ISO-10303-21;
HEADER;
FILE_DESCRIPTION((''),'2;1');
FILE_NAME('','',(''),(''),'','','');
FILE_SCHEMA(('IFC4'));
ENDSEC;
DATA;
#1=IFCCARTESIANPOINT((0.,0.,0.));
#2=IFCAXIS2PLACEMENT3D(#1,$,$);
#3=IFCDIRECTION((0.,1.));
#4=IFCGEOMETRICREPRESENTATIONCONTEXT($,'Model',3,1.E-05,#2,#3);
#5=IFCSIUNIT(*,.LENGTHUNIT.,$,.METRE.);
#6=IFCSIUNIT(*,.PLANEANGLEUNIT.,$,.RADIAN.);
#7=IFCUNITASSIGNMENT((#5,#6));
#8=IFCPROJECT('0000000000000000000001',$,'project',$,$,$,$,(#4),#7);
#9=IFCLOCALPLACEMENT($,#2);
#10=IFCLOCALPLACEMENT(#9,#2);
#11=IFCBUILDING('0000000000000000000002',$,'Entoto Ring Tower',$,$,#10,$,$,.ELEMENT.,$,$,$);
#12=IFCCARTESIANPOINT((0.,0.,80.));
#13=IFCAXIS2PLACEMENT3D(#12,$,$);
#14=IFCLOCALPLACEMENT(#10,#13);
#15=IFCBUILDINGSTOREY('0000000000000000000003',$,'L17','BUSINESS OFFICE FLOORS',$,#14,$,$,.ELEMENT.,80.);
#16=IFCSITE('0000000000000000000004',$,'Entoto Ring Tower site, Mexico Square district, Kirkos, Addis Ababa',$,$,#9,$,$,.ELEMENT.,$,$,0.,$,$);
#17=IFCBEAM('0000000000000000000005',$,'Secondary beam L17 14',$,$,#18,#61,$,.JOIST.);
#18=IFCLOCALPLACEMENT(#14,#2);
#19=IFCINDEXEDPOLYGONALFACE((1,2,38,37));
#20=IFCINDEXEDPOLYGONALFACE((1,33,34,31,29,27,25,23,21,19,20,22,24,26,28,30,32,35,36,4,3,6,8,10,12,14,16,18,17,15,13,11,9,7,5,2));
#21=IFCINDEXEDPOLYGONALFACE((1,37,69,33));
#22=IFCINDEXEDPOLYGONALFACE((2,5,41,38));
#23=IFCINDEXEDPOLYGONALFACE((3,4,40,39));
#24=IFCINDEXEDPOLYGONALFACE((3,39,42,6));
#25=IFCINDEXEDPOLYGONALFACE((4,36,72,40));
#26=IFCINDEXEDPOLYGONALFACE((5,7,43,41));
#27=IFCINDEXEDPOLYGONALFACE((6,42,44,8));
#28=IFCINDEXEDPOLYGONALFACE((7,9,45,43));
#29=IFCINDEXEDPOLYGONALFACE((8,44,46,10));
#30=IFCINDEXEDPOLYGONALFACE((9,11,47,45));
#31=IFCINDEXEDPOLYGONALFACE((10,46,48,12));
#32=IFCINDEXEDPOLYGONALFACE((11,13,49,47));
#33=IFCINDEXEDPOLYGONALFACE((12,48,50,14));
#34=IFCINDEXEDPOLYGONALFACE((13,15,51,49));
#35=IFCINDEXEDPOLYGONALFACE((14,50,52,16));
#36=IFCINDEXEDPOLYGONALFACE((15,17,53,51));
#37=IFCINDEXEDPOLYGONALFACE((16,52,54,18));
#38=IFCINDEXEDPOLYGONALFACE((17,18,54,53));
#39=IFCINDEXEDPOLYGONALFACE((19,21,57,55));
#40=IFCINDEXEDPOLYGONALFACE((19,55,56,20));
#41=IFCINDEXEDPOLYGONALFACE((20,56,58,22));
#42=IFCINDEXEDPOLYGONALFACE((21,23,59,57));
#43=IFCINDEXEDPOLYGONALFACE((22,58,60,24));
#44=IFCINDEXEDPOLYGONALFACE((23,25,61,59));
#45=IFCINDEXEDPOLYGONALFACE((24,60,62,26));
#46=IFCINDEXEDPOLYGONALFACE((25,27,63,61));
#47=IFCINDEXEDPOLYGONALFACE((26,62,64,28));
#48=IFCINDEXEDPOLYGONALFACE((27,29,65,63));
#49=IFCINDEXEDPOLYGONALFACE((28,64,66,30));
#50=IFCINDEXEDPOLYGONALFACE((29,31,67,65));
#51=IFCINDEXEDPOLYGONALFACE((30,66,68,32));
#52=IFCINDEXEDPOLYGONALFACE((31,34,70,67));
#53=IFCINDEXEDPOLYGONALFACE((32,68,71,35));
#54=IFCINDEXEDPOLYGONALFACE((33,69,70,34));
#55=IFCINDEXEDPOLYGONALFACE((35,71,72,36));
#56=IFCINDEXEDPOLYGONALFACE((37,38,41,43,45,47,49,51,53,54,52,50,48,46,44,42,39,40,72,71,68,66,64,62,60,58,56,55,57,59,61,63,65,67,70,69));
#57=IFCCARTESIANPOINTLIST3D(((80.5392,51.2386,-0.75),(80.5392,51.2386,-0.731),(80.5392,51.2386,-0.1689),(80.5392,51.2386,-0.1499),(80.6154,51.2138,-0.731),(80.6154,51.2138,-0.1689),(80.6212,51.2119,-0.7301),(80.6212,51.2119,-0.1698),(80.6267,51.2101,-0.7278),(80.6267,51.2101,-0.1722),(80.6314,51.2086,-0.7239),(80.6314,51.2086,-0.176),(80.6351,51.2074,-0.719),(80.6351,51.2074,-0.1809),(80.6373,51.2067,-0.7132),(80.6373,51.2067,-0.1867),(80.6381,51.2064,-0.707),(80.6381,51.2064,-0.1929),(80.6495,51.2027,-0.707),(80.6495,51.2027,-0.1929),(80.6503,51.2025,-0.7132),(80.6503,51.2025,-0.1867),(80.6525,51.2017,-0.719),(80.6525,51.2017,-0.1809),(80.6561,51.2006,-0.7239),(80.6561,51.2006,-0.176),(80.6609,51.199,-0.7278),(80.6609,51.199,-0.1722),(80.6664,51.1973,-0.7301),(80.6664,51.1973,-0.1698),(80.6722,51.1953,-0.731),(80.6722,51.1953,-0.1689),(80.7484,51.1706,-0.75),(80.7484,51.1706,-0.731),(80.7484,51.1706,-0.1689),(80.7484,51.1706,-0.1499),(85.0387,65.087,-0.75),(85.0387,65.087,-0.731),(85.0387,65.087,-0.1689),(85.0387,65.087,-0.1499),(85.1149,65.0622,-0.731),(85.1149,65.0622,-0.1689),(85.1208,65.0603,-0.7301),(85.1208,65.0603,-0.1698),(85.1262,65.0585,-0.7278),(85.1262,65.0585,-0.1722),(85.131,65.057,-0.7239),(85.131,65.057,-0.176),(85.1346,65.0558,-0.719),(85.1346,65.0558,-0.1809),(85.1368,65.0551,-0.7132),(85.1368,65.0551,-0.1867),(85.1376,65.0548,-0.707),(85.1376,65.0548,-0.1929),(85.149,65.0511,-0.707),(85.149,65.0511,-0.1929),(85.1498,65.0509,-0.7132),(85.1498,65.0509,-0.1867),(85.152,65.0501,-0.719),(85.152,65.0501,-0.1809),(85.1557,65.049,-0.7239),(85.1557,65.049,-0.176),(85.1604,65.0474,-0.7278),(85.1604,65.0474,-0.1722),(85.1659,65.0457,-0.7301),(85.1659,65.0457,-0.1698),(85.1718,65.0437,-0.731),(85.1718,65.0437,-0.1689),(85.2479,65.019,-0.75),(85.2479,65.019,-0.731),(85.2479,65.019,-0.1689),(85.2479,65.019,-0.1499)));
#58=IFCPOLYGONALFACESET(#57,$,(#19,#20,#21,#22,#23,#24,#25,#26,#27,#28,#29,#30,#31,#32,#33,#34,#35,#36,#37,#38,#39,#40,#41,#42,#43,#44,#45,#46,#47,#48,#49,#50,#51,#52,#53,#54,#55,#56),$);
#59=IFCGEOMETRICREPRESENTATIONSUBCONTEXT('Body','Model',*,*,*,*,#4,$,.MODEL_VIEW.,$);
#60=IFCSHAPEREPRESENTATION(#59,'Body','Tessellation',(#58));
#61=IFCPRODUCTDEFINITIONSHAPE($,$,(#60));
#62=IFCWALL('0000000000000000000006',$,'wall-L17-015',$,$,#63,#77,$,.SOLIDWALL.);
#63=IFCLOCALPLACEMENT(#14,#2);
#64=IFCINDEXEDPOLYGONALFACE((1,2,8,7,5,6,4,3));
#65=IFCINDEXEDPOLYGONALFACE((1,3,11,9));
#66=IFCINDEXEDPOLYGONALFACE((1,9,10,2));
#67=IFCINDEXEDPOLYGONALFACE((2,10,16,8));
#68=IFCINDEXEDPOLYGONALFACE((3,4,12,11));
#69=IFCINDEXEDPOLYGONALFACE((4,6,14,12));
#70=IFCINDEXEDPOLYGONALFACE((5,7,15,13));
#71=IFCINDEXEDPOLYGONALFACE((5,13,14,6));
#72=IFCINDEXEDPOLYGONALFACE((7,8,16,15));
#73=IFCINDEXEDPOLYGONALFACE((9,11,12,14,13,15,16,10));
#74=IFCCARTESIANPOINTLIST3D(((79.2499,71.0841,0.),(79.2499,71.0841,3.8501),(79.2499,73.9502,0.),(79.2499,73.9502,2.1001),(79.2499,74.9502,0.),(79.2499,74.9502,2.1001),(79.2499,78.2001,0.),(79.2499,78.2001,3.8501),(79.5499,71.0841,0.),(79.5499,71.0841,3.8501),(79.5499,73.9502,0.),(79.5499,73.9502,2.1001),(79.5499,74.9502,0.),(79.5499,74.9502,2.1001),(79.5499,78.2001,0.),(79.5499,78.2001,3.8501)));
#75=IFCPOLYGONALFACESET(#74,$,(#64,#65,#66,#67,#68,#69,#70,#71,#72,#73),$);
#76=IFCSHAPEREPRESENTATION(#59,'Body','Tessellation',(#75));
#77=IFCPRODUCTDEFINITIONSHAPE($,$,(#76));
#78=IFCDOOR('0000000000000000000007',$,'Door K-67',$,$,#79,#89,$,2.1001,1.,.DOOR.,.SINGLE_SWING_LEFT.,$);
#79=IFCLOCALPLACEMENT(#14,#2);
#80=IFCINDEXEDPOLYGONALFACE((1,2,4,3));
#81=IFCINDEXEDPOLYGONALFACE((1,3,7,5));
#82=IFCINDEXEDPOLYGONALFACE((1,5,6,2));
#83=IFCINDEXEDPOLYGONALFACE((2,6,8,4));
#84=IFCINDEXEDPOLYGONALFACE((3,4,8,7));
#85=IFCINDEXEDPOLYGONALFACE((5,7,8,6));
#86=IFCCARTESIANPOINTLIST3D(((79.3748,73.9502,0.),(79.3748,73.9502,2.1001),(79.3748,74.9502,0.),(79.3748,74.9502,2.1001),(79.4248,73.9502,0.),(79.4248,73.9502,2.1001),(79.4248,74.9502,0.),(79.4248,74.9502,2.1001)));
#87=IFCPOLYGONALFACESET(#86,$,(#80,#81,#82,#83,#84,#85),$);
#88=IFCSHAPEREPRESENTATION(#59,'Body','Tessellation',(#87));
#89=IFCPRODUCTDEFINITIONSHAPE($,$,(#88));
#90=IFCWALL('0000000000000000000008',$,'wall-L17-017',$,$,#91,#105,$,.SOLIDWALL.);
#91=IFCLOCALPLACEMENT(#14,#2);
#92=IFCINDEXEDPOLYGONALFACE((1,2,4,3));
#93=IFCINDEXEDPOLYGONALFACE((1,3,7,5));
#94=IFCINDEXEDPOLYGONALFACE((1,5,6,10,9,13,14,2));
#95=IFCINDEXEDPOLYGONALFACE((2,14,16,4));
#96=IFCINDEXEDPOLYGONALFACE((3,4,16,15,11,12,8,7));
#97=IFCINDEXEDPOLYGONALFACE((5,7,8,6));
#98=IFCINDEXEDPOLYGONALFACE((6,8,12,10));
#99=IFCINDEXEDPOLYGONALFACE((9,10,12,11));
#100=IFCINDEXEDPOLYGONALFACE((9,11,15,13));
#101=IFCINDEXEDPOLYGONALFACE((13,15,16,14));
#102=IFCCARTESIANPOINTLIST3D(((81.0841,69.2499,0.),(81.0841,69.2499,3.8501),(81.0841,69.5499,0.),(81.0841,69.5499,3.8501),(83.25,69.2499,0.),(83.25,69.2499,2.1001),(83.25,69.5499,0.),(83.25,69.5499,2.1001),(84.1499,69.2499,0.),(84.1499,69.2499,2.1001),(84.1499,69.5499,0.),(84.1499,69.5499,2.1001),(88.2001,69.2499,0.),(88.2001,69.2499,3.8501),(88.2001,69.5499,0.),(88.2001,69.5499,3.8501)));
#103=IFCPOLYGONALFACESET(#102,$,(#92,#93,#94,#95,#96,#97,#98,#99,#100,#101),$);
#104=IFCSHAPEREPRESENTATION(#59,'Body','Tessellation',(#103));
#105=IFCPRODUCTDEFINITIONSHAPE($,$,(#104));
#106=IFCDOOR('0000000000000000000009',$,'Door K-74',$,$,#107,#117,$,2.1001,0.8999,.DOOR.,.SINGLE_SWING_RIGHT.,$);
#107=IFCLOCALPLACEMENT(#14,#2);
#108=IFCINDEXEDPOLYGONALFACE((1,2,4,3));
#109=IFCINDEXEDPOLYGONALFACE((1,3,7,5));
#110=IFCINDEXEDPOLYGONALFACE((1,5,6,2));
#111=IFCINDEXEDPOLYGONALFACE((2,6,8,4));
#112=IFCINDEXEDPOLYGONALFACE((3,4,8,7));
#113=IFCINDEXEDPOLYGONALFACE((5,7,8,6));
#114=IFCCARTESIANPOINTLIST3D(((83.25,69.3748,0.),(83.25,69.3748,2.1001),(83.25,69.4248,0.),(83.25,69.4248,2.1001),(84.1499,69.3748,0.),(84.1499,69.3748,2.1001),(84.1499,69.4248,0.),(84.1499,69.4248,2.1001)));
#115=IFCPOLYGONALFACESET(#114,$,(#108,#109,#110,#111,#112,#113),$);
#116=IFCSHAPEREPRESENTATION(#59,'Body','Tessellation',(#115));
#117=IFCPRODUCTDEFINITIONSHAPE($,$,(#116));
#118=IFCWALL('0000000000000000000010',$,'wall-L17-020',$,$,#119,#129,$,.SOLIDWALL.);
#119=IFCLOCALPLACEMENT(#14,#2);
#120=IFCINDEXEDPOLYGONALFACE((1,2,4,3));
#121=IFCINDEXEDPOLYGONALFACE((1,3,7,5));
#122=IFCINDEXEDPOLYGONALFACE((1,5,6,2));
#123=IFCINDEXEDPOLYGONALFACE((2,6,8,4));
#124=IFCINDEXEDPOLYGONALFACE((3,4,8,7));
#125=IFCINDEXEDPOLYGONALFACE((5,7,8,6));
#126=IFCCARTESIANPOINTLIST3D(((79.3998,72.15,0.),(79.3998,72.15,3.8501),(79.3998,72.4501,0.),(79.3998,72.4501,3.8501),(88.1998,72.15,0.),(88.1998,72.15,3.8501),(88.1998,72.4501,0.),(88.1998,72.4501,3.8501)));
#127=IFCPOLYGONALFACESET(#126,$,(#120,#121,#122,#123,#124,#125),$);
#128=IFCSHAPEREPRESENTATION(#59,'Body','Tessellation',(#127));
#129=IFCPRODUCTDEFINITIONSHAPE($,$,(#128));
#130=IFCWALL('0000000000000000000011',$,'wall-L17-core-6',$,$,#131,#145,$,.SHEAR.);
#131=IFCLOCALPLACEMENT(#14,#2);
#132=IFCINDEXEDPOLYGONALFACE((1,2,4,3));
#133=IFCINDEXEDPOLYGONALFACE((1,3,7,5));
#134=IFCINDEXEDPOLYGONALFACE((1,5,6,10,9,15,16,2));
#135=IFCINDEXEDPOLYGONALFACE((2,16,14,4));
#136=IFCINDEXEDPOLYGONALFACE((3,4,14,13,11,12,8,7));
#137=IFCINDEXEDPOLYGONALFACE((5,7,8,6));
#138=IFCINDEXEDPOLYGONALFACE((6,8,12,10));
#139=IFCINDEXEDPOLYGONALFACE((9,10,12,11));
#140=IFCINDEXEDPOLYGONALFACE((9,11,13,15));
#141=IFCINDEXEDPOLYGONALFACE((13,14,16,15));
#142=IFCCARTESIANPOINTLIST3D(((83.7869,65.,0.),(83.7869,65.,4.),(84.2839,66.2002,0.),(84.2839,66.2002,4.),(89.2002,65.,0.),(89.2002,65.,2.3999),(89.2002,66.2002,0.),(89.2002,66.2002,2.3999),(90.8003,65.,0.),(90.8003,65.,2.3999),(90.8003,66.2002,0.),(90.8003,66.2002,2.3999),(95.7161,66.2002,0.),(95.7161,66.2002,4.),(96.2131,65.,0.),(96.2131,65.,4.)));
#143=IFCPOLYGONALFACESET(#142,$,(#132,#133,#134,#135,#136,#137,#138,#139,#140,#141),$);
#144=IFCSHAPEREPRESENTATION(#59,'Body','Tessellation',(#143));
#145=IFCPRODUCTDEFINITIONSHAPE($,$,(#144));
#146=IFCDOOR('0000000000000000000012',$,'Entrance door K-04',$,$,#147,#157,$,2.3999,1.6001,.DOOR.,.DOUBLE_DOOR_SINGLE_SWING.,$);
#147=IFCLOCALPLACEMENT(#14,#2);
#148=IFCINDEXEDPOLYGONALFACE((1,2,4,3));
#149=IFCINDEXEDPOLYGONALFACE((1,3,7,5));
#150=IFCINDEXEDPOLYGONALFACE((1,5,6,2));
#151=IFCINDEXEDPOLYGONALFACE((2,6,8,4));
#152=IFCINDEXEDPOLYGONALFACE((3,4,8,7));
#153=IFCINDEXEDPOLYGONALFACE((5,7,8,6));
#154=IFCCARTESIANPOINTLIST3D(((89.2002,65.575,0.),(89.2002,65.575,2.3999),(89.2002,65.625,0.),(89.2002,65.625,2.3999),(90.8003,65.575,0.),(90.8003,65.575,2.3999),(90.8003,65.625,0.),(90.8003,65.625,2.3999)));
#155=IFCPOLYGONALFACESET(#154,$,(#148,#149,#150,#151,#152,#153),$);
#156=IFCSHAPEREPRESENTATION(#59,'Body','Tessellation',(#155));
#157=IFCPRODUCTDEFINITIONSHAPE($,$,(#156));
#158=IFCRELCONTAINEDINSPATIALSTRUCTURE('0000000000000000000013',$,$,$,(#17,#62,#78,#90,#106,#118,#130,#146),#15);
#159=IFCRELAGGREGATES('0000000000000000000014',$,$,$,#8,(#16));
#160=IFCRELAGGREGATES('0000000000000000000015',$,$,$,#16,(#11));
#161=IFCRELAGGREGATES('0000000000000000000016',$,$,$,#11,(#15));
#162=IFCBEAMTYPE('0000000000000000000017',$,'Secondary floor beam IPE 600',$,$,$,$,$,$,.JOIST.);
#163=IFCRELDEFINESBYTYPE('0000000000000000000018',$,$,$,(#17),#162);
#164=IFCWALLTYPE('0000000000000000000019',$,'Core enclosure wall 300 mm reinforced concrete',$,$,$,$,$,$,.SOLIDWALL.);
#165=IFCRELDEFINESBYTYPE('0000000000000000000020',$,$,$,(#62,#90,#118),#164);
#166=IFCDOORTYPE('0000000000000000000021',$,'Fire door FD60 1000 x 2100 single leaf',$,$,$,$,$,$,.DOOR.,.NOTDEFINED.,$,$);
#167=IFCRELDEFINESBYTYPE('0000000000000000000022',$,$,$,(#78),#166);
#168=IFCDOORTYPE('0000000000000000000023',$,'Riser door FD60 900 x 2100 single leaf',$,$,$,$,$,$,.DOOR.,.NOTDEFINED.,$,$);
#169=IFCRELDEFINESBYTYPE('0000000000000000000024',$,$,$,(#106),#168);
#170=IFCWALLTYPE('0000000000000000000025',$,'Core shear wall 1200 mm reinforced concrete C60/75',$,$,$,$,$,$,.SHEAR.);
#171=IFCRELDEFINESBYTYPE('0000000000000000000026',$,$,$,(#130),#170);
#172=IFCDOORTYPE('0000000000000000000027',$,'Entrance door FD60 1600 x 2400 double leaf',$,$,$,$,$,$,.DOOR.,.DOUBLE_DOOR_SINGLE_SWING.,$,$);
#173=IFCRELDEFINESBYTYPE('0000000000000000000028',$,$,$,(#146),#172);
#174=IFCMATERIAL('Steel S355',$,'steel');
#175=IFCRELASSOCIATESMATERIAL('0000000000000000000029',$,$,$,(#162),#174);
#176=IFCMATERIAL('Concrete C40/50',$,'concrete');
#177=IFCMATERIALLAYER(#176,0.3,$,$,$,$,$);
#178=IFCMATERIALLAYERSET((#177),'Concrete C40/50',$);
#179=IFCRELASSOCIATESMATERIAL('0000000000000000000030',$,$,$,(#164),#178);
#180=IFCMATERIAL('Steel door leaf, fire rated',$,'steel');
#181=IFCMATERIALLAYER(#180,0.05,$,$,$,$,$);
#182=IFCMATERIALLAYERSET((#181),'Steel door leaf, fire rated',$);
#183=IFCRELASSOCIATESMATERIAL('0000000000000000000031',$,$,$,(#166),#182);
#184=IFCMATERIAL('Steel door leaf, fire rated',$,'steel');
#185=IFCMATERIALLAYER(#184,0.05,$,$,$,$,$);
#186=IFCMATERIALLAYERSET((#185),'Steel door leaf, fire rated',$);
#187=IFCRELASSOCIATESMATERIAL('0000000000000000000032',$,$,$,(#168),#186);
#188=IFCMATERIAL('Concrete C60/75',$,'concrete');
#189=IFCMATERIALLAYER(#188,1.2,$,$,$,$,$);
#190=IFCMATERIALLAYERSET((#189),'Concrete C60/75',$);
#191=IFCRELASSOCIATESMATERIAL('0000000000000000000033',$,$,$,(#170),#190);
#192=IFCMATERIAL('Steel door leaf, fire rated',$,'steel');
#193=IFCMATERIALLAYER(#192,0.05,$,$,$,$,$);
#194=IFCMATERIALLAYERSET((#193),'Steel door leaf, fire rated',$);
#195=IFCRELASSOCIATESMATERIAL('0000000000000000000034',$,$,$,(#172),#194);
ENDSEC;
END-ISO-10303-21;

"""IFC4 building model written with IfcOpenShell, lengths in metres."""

from ifc_helpers import new_model, si_unit, direction, frame, frame_2d, origin, origin_2d, place, context, subcontext, project, spatial, polyline, rectangle, i_section, outline, extrude, material, layer, layer_set, material_profile, profile_set, type_object, element, fill, save


model = new_model("IFC4")

# Units and contexts
model_context = context("Model", 3, precision=1e-05, world=origin(), true_north=direction((0.0, 1.0)))
body_context = subcontext(model_context, "Body", "Model", "MODEL_VIEW")
ifc_project = project(units=[si_unit("LENGTHUNIT", "METRE"), si_unit("PLANEANGLEUNIT", "RADIAN")], contexts=[model_context])

# Site, building, storey
site_placement = place(None, origin())
site = spatial("IfcSite", under=ifc_project, at=site_placement, Name="Entoto Ring Tower site, Mexico Square district, Kirkos, Addis Ababa", CompositionType="ELEMENT", RefElevation=0.0)
building_placement = place(site_placement, origin())
building = spatial("IfcBuilding", under=site, at=building_placement, Name="Entoto Ring Tower", CompositionType="ELEMENT")
storey_placement = place(building_placement, frame((0.0, 0.0, 80.0)))
storey = spatial("IfcBuildingStorey", under=building, at=storey_placement, Name="L17", Description="BUSINESS OFFICE FLOORS", CompositionType="ELEMENT", Elevation=80.0)

# Beam
ifc_material_1 = material(Name="Steel S355", Category="steel")
ifc_material_profile_1 = material_profile(ifc_material_1, i_section(OverallWidth=0.22, OverallDepth=0.6001, WebThickness=0.012, FlangeThickness=0.019, FilletRadius=0.0239, at=origin_2d()), Name="IPE 600")
ifc_profile_set_1 = profile_set([ifc_material_profile_1], Name="Steel S355")
beam_type_1 = type_object("IfcBeamType", Name="Secondary floor beam IPE 600", PredefinedType="JOIST", material=ifc_profile_set_1)
beam_1_placement = place(storey_placement, frame((85.1433, 65.053, -0.45), z_axis=(-0.309011, -0.951059, 0.0), x_axis=(0.951059, -0.309011, 0.0)))
element("IfcBeam", 1, at=beam_1_placement, inside=storey, type_object=beam_type_1, Name="Secondary beam L17 14", PredefinedType="JOIST", context=body_context, shape_type="SweptSolid", body=[
    extrude(i_section(OverallWidth=0.22, OverallDepth=0.6001, WebThickness=0.012, FlangeThickness=0.019, FilletRadius=0.0239, at=origin_2d()), origin(), (0.0, 0.0, 1.0), 14.561),
])

# Walls, openings, doors
ifc_material_2 = material(Name="Concrete C40/50", Category="concrete")
ifc_layer_1 = layer(ifc_material_2, 0.3)
ifc_layer_set_1 = layer_set([ifc_layer_1], Name="Concrete C40/50")
wall_type_1 = type_object("IfcWallType", Name="Core enclosure wall 300 mm reinforced concrete", PredefinedType="SOLIDWALL", material=ifc_layer_set_1)
wall_1_placement = place(storey_placement, frame((79.3999, 71.084, 0.0), z_axis=(0.0, 0.0, 1.0), x_axis=(0.0, 1.0, 0.0)))
wall_1 = element("IfcWall", 2, at=wall_1_placement, inside=storey, type_object=wall_type_1, Name="wall-L17-015", PredefinedType="SOLIDWALL", context=body_context, shape_type="SweptSolid", body=[
    extrude(rectangle(XDim=7.116, YDim=0.3, at=frame_2d((3.5581, 0.0))), origin(), (0.0, 0.0, 1.0), 3.8501),
])
opening_1_placement = place(wall_1_placement, frame((2.8662, 0.0, 0.0)))
opening_1 = element("IfcOpeningElement", 3, at=opening_1_placement, cuts=wall_1, PredefinedType="OPENING", context=body_context, shape_type="SweptSolid", body=[
    extrude(rectangle(XDim=1.0, YDim=2.1001, at=frame_2d((0.5, 1.05))), frame((0.0, 0.1602, 0.0), z_axis=(0.0, -1.0, 0.0), x_axis=(1.0, 0.0, 0.0)), (0.0, 0.0, 1.0), 0.3201),
])
ifc_material_3 = material(Name="Steel door leaf, fire rated", Category="steel")
ifc_layer_2 = layer(ifc_material_3, 0.05)
ifc_layer_set_2 = layer_set([ifc_layer_2], Name="Steel door leaf, fire rated")
door_type_1 = type_object("IfcDoorType", Name="Fire door FD60 1000 x 2100 single leaf", OperationType="NOTDEFINED", PredefinedType="DOOR", material=ifc_layer_set_2)
door_1_placement = place(opening_1_placement, frame((1.0, 0.0, 0.0), z_axis=(0.0, 0.0, 1.0), x_axis=(-1.0, 0.0, 0.0)))
door_1 = element("IfcDoor", 4, at=door_1_placement, inside=storey, type_object=door_type_1, Name="Door K-67", OperationType="SINGLE_SWING_LEFT", OverallHeight=2.1001, OverallWidth=1.0, PredefinedType="DOOR", context=body_context, shape_type="SweptSolid", body=[
    extrude(rectangle(XDim=1.0, YDim=2.1001, at=frame_2d((0.5, 1.05))), frame((0.0, 0.0249, 0.0), z_axis=(0.0, -1.0, 0.0), x_axis=(1.0, 0.0, 0.0)), (0.0, 0.0, 1.0), 0.05),
])
fill(opening_1, door_1)
wall_2_placement = place(storey_placement, frame((81.084, 69.3999, 0.0), z_axis=(0.0, 0.0, 1.0), x_axis=(1.0, 0.0, 0.0)))
wall_2 = element("IfcWall", 5, at=wall_2_placement, inside=storey, type_object=wall_type_1, Name="wall-L17-017", PredefinedType="SOLIDWALL", context=body_context, shape_type="SweptSolid", body=[
    extrude(rectangle(XDim=7.116, YDim=0.3, at=frame_2d((3.5581, 0.0))), origin(), (0.0, 0.0, 1.0), 3.8501),
])
opening_2_placement = place(wall_2_placement, frame((2.166, 0.0, 0.0)))
opening_2 = element("IfcOpeningElement", 6, at=opening_2_placement, cuts=wall_2, PredefinedType="OPENING", context=body_context, shape_type="SweptSolid", body=[
    extrude(rectangle(XDim=0.8999, YDim=2.1001, at=frame_2d((0.45, 1.05))), frame((0.0, 0.1602, 0.0), z_axis=(0.0, -1.0, 0.0), x_axis=(1.0, 0.0, 0.0)), (0.0, 0.0, 1.0), 0.3201),
])
ifc_material_4 = material(Name="Steel door leaf, fire rated", Category="steel")
ifc_layer_3 = layer(ifc_material_4, 0.05)
ifc_layer_set_3 = layer_set([ifc_layer_3], Name="Steel door leaf, fire rated")
door_type_2 = type_object("IfcDoorType", Name="Riser door FD60 900 x 2100 single leaf", OperationType="NOTDEFINED", PredefinedType="DOOR", material=ifc_layer_set_3)
door_2_placement = place(opening_2_placement, origin())
door_2 = element("IfcDoor", 7, at=door_2_placement, inside=storey, type_object=door_type_2, Name="Door K-74", OperationType="SINGLE_SWING_RIGHT", OverallHeight=2.1001, OverallWidth=0.8999, PredefinedType="DOOR", context=body_context, shape_type="SweptSolid", body=[
    extrude(rectangle(XDim=0.8999, YDim=2.1001, at=frame_2d((0.45, 1.05))), frame((0.0, 0.0249, 0.0), z_axis=(0.0, -1.0, 0.0), x_axis=(1.0, 0.0, 0.0)), (0.0, 0.0, 1.0), 0.05),
])
fill(opening_2, door_2)

# Wall
wall_3_placement = place(storey_placement, frame((79.3999, 72.3, 0.0), z_axis=(0.0, 0.0, 1.0), x_axis=(1.0, 0.0, 0.0)))
element("IfcWall", 8, at=wall_3_placement, inside=storey, type_object=wall_type_1, Name="wall-L17-020", PredefinedType="SOLIDWALL", context=body_context, shape_type="SweptSolid", body=[
    extrude(rectangle(XDim=8.8, YDim=0.3, at=frame_2d((4.3999, 0.0))), origin(), (0.0, 0.0, 1.0), 3.8501),
])

# Wall, opening, door
ifc_material_5 = material(Name="Concrete C60/75", Category="concrete")
ifc_layer_4 = layer(ifc_material_5, 1.2)
ifc_layer_set_4 = layer_set([ifc_layer_4], Name="Concrete C60/75")
wall_type_2 = type_object("IfcWallType", Name="Core shear wall 1200 mm reinforced concrete C60/75", PredefinedType="SHEAR", material=ifc_layer_set_4)
wall_4_placement = place(storey_placement, frame((84.0354, 65.6001, 0.0), z_axis=(0.0, 0.0, 1.0), x_axis=(1.0, 0.0, 0.0)))
wall_4 = element("IfcWall", 9, at=wall_4_placement, inside=storey, type_object=wall_type_2, Name="wall-L17-core-6", PredefinedType="SHEAR", context=body_context, shape_type="SweptSolid", body=[
    extrude(outline(polyline([(-0.2485, -0.6001), (12.1777, -0.6001), (11.6807, 0.6001), (0.2485, 0.6001), (-0.2485, -0.6001)])), origin(), (0.0, 0.0, 1.0), 4.0),
])
opening_3_placement = place(wall_4_placement, frame((5.1648, 0.0, 0.0)))
opening_3 = element("IfcOpeningElement", 10, at=opening_3_placement, cuts=wall_4, PredefinedType="OPENING", context=body_context, shape_type="SweptSolid", body=[
    extrude(rectangle(XDim=1.6001, YDim=2.3999, at=frame_2d((0.8, 1.2))), frame((0.0, 0.6099, 0.0), z_axis=(0.0, -1.0, 0.0), x_axis=(1.0, 0.0, 0.0)), (0.0, 0.0, 1.0), 1.22),
])
ifc_material_6 = material(Name="Steel door leaf, fire rated", Category="steel")
ifc_layer_5 = layer(ifc_material_6, 0.05)
ifc_layer_set_5 = layer_set([ifc_layer_5], Name="Steel door leaf, fire rated")
door_type_3 = type_object("IfcDoorType", Name="Entrance door FD60 1600 x 2400 double leaf", OperationType="DOUBLE_DOOR_SINGLE_SWING", PredefinedType="DOOR", material=ifc_layer_set_5)
door_3_placement = place(opening_3_placement, origin())
door_3 = element("IfcDoor", 11, at=door_3_placement, inside=storey, type_object=door_type_3, Name="Entrance door K-04", OperationType="DOUBLE_DOOR_SINGLE_SWING", OverallHeight=2.3999, OverallWidth=1.6001, PredefinedType="DOOR", context=body_context, shape_type="SweptSolid", body=[
    extrude(rectangle(XDim=1.6001, YDim=2.3999, at=frame_2d((0.8, 1.2))), frame((0.0, 0.0249, 0.0), z_axis=(0.0, -1.0, 0.0), x_axis=(1.0, 0.0, 0.0)), (0.0, 0.0, 1.0), 0.05),
])
fill(opening_3, door_3)

save(model, "model.ifc")
